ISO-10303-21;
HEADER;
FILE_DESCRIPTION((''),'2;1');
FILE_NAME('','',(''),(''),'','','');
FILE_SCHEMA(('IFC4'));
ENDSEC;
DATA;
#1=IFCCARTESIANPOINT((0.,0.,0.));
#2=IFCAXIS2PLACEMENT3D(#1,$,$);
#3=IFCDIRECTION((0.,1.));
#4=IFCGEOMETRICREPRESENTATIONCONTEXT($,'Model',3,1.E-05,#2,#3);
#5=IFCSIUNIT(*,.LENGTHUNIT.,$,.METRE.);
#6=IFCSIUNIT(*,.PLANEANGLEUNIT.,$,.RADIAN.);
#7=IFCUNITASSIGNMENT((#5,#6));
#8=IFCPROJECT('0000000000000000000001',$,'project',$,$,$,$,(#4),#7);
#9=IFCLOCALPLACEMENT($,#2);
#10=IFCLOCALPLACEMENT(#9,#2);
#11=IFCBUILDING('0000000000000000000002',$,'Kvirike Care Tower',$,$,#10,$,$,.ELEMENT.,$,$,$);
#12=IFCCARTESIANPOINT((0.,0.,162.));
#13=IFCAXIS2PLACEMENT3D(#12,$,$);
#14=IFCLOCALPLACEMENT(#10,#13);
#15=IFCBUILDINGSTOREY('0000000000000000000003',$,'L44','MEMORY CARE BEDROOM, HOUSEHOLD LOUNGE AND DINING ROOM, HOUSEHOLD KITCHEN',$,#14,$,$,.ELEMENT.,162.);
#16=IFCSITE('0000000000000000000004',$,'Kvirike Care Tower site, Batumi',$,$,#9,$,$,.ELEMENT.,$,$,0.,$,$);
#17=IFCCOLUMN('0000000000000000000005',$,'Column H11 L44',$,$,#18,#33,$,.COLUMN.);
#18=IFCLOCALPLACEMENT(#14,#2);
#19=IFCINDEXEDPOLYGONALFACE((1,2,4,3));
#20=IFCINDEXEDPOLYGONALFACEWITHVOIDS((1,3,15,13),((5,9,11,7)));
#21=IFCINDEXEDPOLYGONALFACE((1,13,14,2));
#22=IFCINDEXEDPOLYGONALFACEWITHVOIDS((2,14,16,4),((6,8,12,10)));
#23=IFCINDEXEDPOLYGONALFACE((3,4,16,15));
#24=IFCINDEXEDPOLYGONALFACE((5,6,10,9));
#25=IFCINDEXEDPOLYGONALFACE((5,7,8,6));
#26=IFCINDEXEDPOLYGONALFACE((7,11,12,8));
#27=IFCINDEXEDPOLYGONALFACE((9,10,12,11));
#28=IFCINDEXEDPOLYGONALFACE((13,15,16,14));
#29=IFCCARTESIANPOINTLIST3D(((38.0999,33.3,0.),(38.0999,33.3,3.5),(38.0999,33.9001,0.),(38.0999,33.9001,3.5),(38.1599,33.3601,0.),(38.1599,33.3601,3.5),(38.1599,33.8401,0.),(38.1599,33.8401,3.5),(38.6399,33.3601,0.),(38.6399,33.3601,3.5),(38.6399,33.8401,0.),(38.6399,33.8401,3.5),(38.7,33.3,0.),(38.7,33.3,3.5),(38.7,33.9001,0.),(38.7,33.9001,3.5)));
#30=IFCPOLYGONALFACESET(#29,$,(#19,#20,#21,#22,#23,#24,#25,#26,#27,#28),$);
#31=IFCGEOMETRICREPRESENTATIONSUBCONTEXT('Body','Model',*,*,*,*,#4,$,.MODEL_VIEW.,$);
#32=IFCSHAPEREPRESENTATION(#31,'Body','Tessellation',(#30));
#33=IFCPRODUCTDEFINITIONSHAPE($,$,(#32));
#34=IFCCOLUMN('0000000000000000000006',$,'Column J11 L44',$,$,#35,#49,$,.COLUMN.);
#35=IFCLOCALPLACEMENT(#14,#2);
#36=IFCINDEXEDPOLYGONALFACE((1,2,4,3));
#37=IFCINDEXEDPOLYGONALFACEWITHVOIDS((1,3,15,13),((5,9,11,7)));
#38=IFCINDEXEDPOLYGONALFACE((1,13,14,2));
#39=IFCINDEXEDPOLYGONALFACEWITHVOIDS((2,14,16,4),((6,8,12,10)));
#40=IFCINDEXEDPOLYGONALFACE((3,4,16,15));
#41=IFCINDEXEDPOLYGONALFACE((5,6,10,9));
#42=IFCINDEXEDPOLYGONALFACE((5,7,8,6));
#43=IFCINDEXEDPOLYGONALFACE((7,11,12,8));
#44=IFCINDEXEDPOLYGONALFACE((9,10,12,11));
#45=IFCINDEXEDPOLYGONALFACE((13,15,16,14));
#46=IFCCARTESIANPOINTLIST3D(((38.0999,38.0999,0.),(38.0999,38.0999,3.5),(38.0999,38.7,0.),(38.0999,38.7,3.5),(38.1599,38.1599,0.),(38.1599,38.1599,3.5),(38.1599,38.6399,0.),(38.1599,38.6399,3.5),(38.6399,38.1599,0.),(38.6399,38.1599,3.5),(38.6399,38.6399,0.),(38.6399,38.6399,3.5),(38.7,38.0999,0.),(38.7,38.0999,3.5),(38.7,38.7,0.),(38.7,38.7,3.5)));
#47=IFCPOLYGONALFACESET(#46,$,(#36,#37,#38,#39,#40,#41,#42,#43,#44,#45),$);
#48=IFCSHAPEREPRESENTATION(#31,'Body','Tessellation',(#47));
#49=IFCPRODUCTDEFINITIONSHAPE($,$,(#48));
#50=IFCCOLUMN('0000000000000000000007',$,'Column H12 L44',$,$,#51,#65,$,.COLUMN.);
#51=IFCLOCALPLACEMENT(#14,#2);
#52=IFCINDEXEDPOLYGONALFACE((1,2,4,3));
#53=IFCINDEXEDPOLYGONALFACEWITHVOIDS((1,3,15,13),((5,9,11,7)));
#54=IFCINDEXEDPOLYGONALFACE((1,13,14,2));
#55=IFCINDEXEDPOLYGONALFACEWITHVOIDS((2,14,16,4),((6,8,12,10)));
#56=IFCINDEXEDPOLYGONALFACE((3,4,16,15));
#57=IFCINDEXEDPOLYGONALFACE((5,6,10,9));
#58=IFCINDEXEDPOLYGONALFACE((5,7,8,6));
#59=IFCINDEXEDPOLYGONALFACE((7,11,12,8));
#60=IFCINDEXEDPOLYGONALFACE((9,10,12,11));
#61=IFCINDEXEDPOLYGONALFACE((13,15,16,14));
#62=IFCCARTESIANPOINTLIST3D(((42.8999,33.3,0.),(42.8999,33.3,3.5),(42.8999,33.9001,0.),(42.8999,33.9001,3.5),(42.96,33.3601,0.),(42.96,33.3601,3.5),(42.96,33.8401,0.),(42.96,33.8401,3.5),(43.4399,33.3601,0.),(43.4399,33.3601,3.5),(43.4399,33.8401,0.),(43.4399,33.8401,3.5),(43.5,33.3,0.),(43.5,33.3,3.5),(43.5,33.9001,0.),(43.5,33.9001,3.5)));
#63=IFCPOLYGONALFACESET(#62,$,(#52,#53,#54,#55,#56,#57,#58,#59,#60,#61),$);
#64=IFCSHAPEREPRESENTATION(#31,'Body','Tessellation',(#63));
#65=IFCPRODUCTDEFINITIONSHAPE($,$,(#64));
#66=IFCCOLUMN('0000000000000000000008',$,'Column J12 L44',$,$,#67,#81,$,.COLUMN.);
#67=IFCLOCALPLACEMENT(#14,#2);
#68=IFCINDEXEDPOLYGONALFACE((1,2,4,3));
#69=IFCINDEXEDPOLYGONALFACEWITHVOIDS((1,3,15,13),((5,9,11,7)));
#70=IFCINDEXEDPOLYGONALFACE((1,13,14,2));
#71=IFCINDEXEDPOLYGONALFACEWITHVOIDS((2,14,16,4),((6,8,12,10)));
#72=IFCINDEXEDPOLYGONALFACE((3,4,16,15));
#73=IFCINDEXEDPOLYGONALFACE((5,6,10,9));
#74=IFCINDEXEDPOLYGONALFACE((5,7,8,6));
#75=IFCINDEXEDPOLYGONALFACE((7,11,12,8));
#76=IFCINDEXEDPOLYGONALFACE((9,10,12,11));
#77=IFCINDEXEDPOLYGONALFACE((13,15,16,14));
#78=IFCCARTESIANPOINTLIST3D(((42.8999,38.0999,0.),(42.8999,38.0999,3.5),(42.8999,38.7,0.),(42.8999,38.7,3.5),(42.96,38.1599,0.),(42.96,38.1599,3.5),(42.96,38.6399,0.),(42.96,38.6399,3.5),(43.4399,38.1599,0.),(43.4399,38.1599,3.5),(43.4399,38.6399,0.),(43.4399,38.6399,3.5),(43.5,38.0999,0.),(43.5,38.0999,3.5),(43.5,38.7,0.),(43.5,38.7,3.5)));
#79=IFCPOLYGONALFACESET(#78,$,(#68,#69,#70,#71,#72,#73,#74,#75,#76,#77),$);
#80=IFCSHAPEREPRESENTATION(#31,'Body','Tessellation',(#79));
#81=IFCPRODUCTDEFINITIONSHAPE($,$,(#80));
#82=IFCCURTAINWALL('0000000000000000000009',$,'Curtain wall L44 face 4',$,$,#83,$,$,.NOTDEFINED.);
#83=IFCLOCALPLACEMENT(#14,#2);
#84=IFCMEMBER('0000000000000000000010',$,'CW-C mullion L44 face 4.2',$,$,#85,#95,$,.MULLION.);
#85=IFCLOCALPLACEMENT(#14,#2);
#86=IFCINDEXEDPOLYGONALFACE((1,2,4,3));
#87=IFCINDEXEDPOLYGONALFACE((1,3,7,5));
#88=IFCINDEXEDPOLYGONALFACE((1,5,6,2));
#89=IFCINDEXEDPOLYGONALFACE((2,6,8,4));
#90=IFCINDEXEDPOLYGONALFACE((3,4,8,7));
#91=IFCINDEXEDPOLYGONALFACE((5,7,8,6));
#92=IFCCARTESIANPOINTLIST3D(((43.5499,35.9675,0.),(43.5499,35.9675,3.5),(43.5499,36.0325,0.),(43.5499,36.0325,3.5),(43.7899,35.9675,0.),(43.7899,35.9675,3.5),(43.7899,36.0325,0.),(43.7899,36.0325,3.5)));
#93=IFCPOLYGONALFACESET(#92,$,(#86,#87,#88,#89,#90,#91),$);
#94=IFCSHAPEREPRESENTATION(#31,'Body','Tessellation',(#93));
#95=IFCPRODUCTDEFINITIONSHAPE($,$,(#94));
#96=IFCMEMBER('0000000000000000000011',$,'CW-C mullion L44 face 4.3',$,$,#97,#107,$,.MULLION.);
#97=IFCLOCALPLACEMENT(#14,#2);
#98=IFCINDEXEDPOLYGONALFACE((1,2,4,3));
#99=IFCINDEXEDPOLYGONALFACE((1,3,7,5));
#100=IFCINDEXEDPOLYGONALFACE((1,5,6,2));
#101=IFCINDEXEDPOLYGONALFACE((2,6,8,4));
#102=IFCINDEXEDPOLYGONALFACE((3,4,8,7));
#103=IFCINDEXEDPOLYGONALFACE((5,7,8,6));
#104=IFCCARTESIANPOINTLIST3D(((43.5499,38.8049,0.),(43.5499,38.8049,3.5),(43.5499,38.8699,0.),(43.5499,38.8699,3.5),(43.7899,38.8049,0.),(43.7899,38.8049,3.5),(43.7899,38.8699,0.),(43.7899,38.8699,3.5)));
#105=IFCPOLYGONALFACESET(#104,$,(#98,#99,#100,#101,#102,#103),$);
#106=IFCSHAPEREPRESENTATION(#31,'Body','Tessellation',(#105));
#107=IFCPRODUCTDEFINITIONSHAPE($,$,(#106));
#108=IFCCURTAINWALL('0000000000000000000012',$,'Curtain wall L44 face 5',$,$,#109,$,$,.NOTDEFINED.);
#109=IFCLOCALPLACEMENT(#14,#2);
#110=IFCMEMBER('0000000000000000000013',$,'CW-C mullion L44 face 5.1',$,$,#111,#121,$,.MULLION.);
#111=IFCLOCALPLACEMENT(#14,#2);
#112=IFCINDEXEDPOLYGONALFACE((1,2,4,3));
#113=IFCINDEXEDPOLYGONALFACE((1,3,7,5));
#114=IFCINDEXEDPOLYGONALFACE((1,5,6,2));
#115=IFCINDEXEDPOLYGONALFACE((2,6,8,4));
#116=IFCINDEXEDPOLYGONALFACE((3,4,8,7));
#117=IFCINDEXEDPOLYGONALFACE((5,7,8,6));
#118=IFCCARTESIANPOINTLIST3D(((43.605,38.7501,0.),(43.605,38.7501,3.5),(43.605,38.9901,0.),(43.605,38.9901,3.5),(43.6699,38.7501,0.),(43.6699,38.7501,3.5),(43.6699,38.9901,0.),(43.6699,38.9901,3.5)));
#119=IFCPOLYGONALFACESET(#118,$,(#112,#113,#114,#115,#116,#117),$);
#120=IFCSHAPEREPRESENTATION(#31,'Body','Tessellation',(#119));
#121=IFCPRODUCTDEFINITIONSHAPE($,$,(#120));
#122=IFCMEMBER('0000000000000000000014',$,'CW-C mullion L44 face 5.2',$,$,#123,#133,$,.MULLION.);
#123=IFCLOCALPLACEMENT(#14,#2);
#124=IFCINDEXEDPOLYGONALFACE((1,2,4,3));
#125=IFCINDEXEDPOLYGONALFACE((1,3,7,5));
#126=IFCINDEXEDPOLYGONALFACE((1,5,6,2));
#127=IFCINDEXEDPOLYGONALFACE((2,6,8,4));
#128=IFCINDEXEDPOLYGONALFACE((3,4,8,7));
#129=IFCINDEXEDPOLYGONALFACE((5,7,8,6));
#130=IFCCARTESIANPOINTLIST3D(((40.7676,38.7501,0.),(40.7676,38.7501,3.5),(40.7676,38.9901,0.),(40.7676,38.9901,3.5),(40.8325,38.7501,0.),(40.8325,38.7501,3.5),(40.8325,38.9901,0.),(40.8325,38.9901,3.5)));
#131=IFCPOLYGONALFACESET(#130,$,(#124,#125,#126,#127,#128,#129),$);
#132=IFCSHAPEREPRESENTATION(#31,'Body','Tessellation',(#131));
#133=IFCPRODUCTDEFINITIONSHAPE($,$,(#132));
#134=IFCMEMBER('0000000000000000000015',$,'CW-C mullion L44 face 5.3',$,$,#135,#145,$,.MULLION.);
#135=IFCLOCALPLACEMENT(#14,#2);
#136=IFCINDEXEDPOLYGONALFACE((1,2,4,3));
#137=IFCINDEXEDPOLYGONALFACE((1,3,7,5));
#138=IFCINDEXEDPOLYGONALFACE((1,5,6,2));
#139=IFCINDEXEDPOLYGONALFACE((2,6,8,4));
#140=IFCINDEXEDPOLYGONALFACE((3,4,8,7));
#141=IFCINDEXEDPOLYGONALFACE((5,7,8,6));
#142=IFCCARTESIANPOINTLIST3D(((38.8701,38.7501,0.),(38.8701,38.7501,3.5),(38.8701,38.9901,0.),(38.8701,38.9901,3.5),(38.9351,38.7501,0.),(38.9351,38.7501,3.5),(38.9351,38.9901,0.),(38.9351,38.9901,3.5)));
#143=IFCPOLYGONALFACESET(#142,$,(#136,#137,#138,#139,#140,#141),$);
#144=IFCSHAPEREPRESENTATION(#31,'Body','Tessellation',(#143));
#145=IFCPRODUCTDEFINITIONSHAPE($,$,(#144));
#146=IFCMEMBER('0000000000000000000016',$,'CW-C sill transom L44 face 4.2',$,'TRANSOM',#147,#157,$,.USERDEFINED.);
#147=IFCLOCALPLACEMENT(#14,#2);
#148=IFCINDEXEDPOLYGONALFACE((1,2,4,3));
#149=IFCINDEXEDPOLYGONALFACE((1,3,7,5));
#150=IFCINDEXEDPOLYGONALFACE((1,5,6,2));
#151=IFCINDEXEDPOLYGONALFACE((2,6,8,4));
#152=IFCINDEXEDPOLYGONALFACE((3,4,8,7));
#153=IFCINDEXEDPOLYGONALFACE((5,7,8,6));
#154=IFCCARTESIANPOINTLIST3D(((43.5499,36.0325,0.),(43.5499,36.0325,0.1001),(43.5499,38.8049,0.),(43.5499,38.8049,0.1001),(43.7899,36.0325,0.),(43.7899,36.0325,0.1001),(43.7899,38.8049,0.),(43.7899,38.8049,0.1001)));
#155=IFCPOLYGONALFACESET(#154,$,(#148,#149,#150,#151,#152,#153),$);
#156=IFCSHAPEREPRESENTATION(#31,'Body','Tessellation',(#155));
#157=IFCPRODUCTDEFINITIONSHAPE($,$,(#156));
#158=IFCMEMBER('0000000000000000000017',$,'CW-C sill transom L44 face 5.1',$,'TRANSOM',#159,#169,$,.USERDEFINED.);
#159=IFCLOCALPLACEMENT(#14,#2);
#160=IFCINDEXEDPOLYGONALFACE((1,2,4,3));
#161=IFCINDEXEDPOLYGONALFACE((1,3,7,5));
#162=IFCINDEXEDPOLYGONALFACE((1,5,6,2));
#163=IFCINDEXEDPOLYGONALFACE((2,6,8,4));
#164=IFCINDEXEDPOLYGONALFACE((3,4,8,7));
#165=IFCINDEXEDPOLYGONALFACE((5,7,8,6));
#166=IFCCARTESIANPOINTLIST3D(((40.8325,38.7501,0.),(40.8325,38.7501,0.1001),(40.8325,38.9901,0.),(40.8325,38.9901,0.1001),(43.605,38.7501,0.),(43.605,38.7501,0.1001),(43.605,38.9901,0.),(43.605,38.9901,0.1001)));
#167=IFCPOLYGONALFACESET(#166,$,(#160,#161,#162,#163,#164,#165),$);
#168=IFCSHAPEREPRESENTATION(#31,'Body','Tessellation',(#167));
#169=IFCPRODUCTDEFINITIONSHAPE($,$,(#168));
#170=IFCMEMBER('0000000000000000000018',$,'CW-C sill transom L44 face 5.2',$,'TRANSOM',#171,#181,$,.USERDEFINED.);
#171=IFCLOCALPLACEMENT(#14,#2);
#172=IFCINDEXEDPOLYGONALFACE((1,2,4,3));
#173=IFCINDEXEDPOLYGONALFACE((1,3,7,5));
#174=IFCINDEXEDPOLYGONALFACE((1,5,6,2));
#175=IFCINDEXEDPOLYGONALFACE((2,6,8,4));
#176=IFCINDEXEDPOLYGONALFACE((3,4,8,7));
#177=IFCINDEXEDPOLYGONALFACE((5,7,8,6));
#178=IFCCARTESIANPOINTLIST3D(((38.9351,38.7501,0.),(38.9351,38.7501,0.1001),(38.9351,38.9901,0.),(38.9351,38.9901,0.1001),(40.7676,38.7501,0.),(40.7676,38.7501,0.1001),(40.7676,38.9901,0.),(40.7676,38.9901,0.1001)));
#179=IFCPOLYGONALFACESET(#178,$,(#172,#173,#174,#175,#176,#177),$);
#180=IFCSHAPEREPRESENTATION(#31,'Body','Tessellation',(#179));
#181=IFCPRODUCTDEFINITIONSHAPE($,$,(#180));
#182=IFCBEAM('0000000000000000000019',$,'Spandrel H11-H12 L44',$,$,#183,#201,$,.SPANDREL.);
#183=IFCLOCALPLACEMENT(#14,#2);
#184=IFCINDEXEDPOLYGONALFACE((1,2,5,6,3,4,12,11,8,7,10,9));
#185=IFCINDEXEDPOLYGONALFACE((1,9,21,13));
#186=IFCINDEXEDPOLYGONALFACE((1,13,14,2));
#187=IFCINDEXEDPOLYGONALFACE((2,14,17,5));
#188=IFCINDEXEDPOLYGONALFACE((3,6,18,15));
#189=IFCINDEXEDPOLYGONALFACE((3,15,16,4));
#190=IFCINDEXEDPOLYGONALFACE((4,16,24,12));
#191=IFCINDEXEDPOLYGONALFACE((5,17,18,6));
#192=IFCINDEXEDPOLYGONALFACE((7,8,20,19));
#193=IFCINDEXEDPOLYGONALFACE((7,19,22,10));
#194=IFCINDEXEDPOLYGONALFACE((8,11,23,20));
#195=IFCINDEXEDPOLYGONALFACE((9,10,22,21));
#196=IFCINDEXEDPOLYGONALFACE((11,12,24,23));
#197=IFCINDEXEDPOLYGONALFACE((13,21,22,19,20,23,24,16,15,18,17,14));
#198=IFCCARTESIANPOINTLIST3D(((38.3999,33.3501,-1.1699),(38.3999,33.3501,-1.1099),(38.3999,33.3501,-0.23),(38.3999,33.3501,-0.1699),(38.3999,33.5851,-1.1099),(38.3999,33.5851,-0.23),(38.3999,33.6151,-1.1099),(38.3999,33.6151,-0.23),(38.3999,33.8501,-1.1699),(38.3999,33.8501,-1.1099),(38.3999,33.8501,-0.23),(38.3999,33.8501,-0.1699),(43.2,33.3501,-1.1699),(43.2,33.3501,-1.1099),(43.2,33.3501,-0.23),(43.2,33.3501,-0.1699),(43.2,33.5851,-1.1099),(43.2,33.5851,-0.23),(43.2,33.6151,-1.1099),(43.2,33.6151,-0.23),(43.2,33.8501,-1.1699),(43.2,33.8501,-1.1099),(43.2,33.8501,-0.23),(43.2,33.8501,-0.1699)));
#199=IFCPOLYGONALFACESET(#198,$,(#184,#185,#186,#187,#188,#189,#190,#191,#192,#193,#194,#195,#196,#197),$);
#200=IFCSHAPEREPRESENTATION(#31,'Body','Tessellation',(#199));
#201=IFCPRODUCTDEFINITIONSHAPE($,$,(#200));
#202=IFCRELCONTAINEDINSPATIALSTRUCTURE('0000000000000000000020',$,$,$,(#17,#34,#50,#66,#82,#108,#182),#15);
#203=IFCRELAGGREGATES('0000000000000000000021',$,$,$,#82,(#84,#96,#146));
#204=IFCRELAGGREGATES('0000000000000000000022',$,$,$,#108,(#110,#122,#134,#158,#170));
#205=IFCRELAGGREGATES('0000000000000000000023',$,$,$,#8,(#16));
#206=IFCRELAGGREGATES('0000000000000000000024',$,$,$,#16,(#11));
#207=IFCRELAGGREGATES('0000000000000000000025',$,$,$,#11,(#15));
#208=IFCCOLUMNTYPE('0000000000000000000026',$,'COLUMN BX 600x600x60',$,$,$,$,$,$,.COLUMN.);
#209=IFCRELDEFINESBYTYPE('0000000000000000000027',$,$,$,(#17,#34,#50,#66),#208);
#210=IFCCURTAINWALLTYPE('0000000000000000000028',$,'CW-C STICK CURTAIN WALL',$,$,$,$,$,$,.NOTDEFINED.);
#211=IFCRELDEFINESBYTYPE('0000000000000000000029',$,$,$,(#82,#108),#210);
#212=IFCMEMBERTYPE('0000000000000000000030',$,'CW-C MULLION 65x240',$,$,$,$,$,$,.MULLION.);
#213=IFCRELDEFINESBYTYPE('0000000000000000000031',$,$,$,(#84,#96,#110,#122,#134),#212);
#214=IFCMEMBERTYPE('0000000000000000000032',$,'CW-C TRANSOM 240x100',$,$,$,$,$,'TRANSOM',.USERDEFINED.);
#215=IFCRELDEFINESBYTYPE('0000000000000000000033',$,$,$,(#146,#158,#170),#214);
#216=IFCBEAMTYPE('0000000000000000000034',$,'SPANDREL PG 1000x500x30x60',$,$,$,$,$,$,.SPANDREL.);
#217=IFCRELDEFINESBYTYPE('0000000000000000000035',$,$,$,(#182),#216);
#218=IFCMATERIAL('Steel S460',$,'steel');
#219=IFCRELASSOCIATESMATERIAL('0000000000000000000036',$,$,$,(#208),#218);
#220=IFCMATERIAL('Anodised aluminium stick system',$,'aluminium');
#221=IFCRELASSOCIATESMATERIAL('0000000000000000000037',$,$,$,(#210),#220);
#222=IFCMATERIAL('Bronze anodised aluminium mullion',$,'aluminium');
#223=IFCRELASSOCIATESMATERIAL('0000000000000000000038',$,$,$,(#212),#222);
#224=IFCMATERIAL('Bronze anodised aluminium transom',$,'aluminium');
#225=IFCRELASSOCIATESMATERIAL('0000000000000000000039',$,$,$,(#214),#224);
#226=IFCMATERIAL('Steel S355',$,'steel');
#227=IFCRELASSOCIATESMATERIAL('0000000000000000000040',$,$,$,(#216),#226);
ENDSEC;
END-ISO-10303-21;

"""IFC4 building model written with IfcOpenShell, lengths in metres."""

from ifc_helpers import new_model, si_unit, direction, frame, origin, origin_2d, place, context, subcontext, project, spatial, rectangle, hollow_rectangle, i_section, extrude, material, material_profile, profile_set, type_object, element, aggregate, save


model = new_model("IFC4")

# Units and contexts
model_context = context("Model", 3, precision=1e-05, world=origin(), true_north=direction((0.0, 1.0)))
body_context = subcontext(model_context, "Body", "Model", "MODEL_VIEW")
ifc_project = project(units=[si_unit("LENGTHUNIT", "METRE"), si_unit("PLANEANGLEUNIT", "RADIAN")], contexts=[model_context])

# Site, building, storey
site_placement = place(None, origin())
site = spatial("IfcSite", under=ifc_project, at=site_placement, Name="Kvirike Care Tower site, Batumi", CompositionType="ELEMENT", RefElevation=0.0)
building_placement = place(site_placement, origin())
building = spatial("IfcBuilding", under=site, at=building_placement, Name="Kvirike Care Tower", CompositionType="ELEMENT")
storey_placement = place(building_placement, frame((0.0, 0.0, 162.0)))
storey = spatial("IfcBuildingStorey", under=building, at=storey_placement, Name="L44", Description="MEMORY CARE BEDROOM, HOUSEHOLD LOUNGE AND DINING ROOM, HOUSEHOLD KITCHEN", CompositionType="ELEMENT", Elevation=162.0)

# Columns
ifc_material_1 = material(Name="Steel S460", Category="steel")
ifc_material_profile_1 = material_profile(ifc_material_1, hollow_rectangle(XDim=0.6001, YDim=0.6001, WallThickness=0.0601, at=origin_2d()), Name="BX 600x600x60")
ifc_profile_set_1 = profile_set([ifc_material_profile_1], Name="Steel S460")
column_type = type_object("IfcColumnType", Name="COLUMN BX 600x600x60", PredefinedType="COLUMN", material=ifc_profile_set_1)
for number, where, z_axis, x_axis, name in (
    (1, (38.3999, 33.6001, 0.0), (0.0, 0.0, 1.0), (0.0, 1.0, 0.0), "Column H11 L44"),
    (2, (38.3999, 38.3999, 0.0), (0.0, 0.0, 1.0), (0.0, 1.0, 0.0), "Column J11 L44"),
    (3, (43.2, 33.6001, 0.0), (0.0, 0.0, 1.0), (0.0, 1.0, 0.0), "Column H12 L44"),
    (4, (43.2, 38.3999, 0.0), (0.0, 0.0, 1.0), (0.0, 1.0, 0.0), "Column J12 L44"),
):
    element("IfcColumn", number, at=place(storey_placement, frame(where, z_axis=z_axis, x_axis=x_axis)), inside=storey, type_object=column_type, Name=name, PredefinedType="COLUMN", context=body_context, shape_type="SweptSolid", body=[
        extrude(hollow_rectangle(XDim=0.6001, YDim=0.6001, WallThickness=0.0601, at=origin_2d()), origin(), (0.0, 0.0, 1.0), 3.5),
    ])

# Curtain walls, members
ifc_material_2 = material(Name="Anodised aluminium stick system", Category="aluminium")
curtain_wall_type = type_object("IfcCurtainWallType", Name="CW-C STICK CURTAIN WALL", PredefinedType="NOTDEFINED", material=ifc_material_2)
curtain_wall_1_placement = place(storey_placement, origin())
curtain_wall_1 = element("IfcCurtainWall", 5, at=curtain_wall_1_placement, inside=storey, type_object=curtain_wall_type, Name="Curtain wall L44 face 4", PredefinedType="NOTDEFINED")
ifc_material_3 = material(Name="Bronze anodised aluminium mullion", Category="aluminium")
ifc_material_profile_2 = material_profile(ifc_material_3, rectangle(XDim=0.0649, YDim=0.24, at=origin_2d()), Name="CW-C MULLION 65x240")
ifc_profile_set_2 = profile_set([ifc_material_profile_2], Name="Bronze anodised aluminium mullion")
member_type_1 = type_object("IfcMemberType", Name="CW-C MULLION 65x240", PredefinedType="MULLION", material=ifc_profile_set_2)
member_1_placement = place(storey_placement, frame((43.6699, 36.0, 0.0), z_axis=(0.0, 0.0, 1.0), x_axis=(0.0, 1.0, 0.0)))
member_1 = element("IfcMember", 6, at=member_1_placement, type_object=member_type_1, Name="CW-C mullion L44 face 4.2", PredefinedType="MULLION", context=body_context, shape_type="SweptSolid", body=[
    extrude(rectangle(XDim=0.0649, YDim=0.24, at=origin_2d()), origin(), (0.0, 0.0, 1.0), 3.5),
])
member_2_placement = place(storey_placement, frame((43.6699, 38.8374, 0.0), z_axis=(0.0, 0.0, 1.0), x_axis=(0.0, 1.0, 0.0)))
member_2 = element("IfcMember", 7, at=member_2_placement, type_object=member_type_1, Name="CW-C mullion L44 face 4.3", PredefinedType="MULLION", context=body_context, shape_type="SweptSolid", body=[
    extrude(rectangle(XDim=0.0649, YDim=0.24, at=origin_2d()), origin(), (0.0, 0.0, 1.0), 3.5),
])
curtain_wall_2_placement = place(storey_placement, origin())
curtain_wall_2 = element("IfcCurtainWall", 8, at=curtain_wall_2_placement, inside=storey, type_object=curtain_wall_type, Name="Curtain wall L44 face 5", PredefinedType="NOTDEFINED")
member_3_placement = place(storey_placement, frame((43.6375, 38.8701, 0.0), z_axis=(0.0, 0.0, 1.0), x_axis=(-1.0, 0.0, 0.0)))
member_3 = element("IfcMember", 9, at=member_3_placement, type_object=member_type_1, Name="CW-C mullion L44 face 5.1", PredefinedType="MULLION", context=body_context, shape_type="SweptSolid", body=[
    extrude(rectangle(XDim=0.0649, YDim=0.24, at=origin_2d()), origin(), (0.0, 0.0, 1.0), 3.5),
])
member_4_placement = place(storey_placement, frame((40.8, 38.8701, 0.0), z_axis=(0.0, 0.0, 1.0), x_axis=(-1.0, 0.0, 0.0)))
member_4 = element("IfcMember", 10, at=member_4_placement, type_object=member_type_1, Name="CW-C mullion L44 face 5.2", PredefinedType="MULLION", context=body_context, shape_type="SweptSolid", body=[
    extrude(rectangle(XDim=0.0649, YDim=0.24, at=origin_2d()), origin(), (0.0, 0.0, 1.0), 3.5),
])
member_5_placement = place(storey_placement, frame((38.9026, 38.8701, 0.0), z_axis=(0.0, 0.0, 1.0), x_axis=(-1.0, 0.0, 0.0)))
member_5 = element("IfcMember", 11, at=member_5_placement, type_object=member_type_1, Name="CW-C mullion L44 face 5.3", PredefinedType="MULLION", context=body_context, shape_type="SweptSolid", body=[
    extrude(rectangle(XDim=0.0649, YDim=0.24, at=origin_2d()), origin(), (0.0, 0.0, 1.0), 3.5),
])

# Members
ifc_material_4 = material(Name="Bronze anodised aluminium transom", Category="aluminium")
ifc_material_profile_3 = material_profile(ifc_material_4, rectangle(XDim=0.24, YDim=0.1001, at=origin_2d()), Name="CW-C TRANSOM 240x100")
ifc_profile_set_3 = profile_set([ifc_material_profile_3], Name="Bronze anodised aluminium transom")
member_type_2 = type_object("IfcMemberType", Name="CW-C TRANSOM 240x100", ElementType="TRANSOM", PredefinedType="USERDEFINED", material=ifc_profile_set_3)
member_6_placement = place(storey_placement, frame((43.6699, 36.0325, 0.05), z_axis=(0.0, 1.0, 0.0), x_axis=(-1.0, 0.0, 0.0)))
member_6 = element("IfcMember", 12, at=member_6_placement, type_object=member_type_2, Name="CW-C sill transom L44 face 4.2", ObjectType="TRANSOM", PredefinedType="USERDEFINED", context=body_context, shape_type="SweptSolid", body=[
    extrude(rectangle(XDim=0.24, YDim=0.1001, at=origin_2d()), origin(), (0.0, 0.0, 1.0), 2.7725),
])
member_7_placement = place(storey_placement, frame((43.605, 38.8701, 0.05), z_axis=(-1.0, 0.0, 0.0), x_axis=(0.0, -1.0, 0.0)))
member_7 = element("IfcMember", 13, at=member_7_placement, type_object=member_type_2, Name="CW-C sill transom L44 face 5.1", ObjectType="TRANSOM", PredefinedType="USERDEFINED", context=body_context, shape_type="SweptSolid", body=[
    extrude(rectangle(XDim=0.24, YDim=0.1001, at=origin_2d()), origin(), (0.0, 0.0, 1.0), 2.7725),
])
member_8_placement = place(storey_placement, frame((40.7676, 38.8701, 0.05), z_axis=(-1.0, 0.0, 0.0), x_axis=(0.0, -1.0, 0.0)))
member_8 = element("IfcMember", 14, at=member_8_placement, type_object=member_type_2, Name="CW-C sill transom L44 face 5.2", ObjectType="TRANSOM", PredefinedType="USERDEFINED", context=body_context, shape_type="SweptSolid", body=[
    extrude(rectangle(XDim=0.24, YDim=0.1001, at=origin_2d()), origin(), (0.0, 0.0, 1.0), 1.8325),
])

# Beam
ifc_material_5 = material(Name="Steel S355", Category="steel")
ifc_material_profile_4 = material_profile(ifc_material_5, i_section(OverallWidth=0.5, OverallDepth=1.0, WebThickness=0.03, FlangeThickness=0.0601, at=origin_2d()), Name="PG 1000x500x30x60")
ifc_profile_set_4 = profile_set([ifc_material_profile_4], Name="Steel S355")
beam_type = type_object("IfcBeamType", Name="SPANDREL PG 1000x500x30x60", PredefinedType="SPANDREL", material=ifc_profile_set_4)
for number, where, z_axis, x_axis, name in (
    (15, (38.3999, 33.6001, -0.6699), (1.0, 0.0, 0.0), (0.0, 1.0, 0.0), "Spandrel H11-H12 L44"),
):
    element("IfcBeam", number, at=place(storey_placement, frame(where, z_axis=z_axis, x_axis=x_axis)), inside=storey, type_object=beam_type, Name=name, PredefinedType="SPANDREL", context=body_context, shape_type="SweptSolid", body=[
        extrude(i_section(OverallWidth=0.5, OverallDepth=1.0, WebThickness=0.03, FlangeThickness=0.0601, at=origin_2d()), origin(), (0.0, 0.0, 1.0), 4.8),
    ])

aggregate(curtain_wall_1, [member_1, member_2, member_6])
aggregate(curtain_wall_2, [member_3, member_4, member_5, member_7, member_8])

save(model, "model.ifc")
